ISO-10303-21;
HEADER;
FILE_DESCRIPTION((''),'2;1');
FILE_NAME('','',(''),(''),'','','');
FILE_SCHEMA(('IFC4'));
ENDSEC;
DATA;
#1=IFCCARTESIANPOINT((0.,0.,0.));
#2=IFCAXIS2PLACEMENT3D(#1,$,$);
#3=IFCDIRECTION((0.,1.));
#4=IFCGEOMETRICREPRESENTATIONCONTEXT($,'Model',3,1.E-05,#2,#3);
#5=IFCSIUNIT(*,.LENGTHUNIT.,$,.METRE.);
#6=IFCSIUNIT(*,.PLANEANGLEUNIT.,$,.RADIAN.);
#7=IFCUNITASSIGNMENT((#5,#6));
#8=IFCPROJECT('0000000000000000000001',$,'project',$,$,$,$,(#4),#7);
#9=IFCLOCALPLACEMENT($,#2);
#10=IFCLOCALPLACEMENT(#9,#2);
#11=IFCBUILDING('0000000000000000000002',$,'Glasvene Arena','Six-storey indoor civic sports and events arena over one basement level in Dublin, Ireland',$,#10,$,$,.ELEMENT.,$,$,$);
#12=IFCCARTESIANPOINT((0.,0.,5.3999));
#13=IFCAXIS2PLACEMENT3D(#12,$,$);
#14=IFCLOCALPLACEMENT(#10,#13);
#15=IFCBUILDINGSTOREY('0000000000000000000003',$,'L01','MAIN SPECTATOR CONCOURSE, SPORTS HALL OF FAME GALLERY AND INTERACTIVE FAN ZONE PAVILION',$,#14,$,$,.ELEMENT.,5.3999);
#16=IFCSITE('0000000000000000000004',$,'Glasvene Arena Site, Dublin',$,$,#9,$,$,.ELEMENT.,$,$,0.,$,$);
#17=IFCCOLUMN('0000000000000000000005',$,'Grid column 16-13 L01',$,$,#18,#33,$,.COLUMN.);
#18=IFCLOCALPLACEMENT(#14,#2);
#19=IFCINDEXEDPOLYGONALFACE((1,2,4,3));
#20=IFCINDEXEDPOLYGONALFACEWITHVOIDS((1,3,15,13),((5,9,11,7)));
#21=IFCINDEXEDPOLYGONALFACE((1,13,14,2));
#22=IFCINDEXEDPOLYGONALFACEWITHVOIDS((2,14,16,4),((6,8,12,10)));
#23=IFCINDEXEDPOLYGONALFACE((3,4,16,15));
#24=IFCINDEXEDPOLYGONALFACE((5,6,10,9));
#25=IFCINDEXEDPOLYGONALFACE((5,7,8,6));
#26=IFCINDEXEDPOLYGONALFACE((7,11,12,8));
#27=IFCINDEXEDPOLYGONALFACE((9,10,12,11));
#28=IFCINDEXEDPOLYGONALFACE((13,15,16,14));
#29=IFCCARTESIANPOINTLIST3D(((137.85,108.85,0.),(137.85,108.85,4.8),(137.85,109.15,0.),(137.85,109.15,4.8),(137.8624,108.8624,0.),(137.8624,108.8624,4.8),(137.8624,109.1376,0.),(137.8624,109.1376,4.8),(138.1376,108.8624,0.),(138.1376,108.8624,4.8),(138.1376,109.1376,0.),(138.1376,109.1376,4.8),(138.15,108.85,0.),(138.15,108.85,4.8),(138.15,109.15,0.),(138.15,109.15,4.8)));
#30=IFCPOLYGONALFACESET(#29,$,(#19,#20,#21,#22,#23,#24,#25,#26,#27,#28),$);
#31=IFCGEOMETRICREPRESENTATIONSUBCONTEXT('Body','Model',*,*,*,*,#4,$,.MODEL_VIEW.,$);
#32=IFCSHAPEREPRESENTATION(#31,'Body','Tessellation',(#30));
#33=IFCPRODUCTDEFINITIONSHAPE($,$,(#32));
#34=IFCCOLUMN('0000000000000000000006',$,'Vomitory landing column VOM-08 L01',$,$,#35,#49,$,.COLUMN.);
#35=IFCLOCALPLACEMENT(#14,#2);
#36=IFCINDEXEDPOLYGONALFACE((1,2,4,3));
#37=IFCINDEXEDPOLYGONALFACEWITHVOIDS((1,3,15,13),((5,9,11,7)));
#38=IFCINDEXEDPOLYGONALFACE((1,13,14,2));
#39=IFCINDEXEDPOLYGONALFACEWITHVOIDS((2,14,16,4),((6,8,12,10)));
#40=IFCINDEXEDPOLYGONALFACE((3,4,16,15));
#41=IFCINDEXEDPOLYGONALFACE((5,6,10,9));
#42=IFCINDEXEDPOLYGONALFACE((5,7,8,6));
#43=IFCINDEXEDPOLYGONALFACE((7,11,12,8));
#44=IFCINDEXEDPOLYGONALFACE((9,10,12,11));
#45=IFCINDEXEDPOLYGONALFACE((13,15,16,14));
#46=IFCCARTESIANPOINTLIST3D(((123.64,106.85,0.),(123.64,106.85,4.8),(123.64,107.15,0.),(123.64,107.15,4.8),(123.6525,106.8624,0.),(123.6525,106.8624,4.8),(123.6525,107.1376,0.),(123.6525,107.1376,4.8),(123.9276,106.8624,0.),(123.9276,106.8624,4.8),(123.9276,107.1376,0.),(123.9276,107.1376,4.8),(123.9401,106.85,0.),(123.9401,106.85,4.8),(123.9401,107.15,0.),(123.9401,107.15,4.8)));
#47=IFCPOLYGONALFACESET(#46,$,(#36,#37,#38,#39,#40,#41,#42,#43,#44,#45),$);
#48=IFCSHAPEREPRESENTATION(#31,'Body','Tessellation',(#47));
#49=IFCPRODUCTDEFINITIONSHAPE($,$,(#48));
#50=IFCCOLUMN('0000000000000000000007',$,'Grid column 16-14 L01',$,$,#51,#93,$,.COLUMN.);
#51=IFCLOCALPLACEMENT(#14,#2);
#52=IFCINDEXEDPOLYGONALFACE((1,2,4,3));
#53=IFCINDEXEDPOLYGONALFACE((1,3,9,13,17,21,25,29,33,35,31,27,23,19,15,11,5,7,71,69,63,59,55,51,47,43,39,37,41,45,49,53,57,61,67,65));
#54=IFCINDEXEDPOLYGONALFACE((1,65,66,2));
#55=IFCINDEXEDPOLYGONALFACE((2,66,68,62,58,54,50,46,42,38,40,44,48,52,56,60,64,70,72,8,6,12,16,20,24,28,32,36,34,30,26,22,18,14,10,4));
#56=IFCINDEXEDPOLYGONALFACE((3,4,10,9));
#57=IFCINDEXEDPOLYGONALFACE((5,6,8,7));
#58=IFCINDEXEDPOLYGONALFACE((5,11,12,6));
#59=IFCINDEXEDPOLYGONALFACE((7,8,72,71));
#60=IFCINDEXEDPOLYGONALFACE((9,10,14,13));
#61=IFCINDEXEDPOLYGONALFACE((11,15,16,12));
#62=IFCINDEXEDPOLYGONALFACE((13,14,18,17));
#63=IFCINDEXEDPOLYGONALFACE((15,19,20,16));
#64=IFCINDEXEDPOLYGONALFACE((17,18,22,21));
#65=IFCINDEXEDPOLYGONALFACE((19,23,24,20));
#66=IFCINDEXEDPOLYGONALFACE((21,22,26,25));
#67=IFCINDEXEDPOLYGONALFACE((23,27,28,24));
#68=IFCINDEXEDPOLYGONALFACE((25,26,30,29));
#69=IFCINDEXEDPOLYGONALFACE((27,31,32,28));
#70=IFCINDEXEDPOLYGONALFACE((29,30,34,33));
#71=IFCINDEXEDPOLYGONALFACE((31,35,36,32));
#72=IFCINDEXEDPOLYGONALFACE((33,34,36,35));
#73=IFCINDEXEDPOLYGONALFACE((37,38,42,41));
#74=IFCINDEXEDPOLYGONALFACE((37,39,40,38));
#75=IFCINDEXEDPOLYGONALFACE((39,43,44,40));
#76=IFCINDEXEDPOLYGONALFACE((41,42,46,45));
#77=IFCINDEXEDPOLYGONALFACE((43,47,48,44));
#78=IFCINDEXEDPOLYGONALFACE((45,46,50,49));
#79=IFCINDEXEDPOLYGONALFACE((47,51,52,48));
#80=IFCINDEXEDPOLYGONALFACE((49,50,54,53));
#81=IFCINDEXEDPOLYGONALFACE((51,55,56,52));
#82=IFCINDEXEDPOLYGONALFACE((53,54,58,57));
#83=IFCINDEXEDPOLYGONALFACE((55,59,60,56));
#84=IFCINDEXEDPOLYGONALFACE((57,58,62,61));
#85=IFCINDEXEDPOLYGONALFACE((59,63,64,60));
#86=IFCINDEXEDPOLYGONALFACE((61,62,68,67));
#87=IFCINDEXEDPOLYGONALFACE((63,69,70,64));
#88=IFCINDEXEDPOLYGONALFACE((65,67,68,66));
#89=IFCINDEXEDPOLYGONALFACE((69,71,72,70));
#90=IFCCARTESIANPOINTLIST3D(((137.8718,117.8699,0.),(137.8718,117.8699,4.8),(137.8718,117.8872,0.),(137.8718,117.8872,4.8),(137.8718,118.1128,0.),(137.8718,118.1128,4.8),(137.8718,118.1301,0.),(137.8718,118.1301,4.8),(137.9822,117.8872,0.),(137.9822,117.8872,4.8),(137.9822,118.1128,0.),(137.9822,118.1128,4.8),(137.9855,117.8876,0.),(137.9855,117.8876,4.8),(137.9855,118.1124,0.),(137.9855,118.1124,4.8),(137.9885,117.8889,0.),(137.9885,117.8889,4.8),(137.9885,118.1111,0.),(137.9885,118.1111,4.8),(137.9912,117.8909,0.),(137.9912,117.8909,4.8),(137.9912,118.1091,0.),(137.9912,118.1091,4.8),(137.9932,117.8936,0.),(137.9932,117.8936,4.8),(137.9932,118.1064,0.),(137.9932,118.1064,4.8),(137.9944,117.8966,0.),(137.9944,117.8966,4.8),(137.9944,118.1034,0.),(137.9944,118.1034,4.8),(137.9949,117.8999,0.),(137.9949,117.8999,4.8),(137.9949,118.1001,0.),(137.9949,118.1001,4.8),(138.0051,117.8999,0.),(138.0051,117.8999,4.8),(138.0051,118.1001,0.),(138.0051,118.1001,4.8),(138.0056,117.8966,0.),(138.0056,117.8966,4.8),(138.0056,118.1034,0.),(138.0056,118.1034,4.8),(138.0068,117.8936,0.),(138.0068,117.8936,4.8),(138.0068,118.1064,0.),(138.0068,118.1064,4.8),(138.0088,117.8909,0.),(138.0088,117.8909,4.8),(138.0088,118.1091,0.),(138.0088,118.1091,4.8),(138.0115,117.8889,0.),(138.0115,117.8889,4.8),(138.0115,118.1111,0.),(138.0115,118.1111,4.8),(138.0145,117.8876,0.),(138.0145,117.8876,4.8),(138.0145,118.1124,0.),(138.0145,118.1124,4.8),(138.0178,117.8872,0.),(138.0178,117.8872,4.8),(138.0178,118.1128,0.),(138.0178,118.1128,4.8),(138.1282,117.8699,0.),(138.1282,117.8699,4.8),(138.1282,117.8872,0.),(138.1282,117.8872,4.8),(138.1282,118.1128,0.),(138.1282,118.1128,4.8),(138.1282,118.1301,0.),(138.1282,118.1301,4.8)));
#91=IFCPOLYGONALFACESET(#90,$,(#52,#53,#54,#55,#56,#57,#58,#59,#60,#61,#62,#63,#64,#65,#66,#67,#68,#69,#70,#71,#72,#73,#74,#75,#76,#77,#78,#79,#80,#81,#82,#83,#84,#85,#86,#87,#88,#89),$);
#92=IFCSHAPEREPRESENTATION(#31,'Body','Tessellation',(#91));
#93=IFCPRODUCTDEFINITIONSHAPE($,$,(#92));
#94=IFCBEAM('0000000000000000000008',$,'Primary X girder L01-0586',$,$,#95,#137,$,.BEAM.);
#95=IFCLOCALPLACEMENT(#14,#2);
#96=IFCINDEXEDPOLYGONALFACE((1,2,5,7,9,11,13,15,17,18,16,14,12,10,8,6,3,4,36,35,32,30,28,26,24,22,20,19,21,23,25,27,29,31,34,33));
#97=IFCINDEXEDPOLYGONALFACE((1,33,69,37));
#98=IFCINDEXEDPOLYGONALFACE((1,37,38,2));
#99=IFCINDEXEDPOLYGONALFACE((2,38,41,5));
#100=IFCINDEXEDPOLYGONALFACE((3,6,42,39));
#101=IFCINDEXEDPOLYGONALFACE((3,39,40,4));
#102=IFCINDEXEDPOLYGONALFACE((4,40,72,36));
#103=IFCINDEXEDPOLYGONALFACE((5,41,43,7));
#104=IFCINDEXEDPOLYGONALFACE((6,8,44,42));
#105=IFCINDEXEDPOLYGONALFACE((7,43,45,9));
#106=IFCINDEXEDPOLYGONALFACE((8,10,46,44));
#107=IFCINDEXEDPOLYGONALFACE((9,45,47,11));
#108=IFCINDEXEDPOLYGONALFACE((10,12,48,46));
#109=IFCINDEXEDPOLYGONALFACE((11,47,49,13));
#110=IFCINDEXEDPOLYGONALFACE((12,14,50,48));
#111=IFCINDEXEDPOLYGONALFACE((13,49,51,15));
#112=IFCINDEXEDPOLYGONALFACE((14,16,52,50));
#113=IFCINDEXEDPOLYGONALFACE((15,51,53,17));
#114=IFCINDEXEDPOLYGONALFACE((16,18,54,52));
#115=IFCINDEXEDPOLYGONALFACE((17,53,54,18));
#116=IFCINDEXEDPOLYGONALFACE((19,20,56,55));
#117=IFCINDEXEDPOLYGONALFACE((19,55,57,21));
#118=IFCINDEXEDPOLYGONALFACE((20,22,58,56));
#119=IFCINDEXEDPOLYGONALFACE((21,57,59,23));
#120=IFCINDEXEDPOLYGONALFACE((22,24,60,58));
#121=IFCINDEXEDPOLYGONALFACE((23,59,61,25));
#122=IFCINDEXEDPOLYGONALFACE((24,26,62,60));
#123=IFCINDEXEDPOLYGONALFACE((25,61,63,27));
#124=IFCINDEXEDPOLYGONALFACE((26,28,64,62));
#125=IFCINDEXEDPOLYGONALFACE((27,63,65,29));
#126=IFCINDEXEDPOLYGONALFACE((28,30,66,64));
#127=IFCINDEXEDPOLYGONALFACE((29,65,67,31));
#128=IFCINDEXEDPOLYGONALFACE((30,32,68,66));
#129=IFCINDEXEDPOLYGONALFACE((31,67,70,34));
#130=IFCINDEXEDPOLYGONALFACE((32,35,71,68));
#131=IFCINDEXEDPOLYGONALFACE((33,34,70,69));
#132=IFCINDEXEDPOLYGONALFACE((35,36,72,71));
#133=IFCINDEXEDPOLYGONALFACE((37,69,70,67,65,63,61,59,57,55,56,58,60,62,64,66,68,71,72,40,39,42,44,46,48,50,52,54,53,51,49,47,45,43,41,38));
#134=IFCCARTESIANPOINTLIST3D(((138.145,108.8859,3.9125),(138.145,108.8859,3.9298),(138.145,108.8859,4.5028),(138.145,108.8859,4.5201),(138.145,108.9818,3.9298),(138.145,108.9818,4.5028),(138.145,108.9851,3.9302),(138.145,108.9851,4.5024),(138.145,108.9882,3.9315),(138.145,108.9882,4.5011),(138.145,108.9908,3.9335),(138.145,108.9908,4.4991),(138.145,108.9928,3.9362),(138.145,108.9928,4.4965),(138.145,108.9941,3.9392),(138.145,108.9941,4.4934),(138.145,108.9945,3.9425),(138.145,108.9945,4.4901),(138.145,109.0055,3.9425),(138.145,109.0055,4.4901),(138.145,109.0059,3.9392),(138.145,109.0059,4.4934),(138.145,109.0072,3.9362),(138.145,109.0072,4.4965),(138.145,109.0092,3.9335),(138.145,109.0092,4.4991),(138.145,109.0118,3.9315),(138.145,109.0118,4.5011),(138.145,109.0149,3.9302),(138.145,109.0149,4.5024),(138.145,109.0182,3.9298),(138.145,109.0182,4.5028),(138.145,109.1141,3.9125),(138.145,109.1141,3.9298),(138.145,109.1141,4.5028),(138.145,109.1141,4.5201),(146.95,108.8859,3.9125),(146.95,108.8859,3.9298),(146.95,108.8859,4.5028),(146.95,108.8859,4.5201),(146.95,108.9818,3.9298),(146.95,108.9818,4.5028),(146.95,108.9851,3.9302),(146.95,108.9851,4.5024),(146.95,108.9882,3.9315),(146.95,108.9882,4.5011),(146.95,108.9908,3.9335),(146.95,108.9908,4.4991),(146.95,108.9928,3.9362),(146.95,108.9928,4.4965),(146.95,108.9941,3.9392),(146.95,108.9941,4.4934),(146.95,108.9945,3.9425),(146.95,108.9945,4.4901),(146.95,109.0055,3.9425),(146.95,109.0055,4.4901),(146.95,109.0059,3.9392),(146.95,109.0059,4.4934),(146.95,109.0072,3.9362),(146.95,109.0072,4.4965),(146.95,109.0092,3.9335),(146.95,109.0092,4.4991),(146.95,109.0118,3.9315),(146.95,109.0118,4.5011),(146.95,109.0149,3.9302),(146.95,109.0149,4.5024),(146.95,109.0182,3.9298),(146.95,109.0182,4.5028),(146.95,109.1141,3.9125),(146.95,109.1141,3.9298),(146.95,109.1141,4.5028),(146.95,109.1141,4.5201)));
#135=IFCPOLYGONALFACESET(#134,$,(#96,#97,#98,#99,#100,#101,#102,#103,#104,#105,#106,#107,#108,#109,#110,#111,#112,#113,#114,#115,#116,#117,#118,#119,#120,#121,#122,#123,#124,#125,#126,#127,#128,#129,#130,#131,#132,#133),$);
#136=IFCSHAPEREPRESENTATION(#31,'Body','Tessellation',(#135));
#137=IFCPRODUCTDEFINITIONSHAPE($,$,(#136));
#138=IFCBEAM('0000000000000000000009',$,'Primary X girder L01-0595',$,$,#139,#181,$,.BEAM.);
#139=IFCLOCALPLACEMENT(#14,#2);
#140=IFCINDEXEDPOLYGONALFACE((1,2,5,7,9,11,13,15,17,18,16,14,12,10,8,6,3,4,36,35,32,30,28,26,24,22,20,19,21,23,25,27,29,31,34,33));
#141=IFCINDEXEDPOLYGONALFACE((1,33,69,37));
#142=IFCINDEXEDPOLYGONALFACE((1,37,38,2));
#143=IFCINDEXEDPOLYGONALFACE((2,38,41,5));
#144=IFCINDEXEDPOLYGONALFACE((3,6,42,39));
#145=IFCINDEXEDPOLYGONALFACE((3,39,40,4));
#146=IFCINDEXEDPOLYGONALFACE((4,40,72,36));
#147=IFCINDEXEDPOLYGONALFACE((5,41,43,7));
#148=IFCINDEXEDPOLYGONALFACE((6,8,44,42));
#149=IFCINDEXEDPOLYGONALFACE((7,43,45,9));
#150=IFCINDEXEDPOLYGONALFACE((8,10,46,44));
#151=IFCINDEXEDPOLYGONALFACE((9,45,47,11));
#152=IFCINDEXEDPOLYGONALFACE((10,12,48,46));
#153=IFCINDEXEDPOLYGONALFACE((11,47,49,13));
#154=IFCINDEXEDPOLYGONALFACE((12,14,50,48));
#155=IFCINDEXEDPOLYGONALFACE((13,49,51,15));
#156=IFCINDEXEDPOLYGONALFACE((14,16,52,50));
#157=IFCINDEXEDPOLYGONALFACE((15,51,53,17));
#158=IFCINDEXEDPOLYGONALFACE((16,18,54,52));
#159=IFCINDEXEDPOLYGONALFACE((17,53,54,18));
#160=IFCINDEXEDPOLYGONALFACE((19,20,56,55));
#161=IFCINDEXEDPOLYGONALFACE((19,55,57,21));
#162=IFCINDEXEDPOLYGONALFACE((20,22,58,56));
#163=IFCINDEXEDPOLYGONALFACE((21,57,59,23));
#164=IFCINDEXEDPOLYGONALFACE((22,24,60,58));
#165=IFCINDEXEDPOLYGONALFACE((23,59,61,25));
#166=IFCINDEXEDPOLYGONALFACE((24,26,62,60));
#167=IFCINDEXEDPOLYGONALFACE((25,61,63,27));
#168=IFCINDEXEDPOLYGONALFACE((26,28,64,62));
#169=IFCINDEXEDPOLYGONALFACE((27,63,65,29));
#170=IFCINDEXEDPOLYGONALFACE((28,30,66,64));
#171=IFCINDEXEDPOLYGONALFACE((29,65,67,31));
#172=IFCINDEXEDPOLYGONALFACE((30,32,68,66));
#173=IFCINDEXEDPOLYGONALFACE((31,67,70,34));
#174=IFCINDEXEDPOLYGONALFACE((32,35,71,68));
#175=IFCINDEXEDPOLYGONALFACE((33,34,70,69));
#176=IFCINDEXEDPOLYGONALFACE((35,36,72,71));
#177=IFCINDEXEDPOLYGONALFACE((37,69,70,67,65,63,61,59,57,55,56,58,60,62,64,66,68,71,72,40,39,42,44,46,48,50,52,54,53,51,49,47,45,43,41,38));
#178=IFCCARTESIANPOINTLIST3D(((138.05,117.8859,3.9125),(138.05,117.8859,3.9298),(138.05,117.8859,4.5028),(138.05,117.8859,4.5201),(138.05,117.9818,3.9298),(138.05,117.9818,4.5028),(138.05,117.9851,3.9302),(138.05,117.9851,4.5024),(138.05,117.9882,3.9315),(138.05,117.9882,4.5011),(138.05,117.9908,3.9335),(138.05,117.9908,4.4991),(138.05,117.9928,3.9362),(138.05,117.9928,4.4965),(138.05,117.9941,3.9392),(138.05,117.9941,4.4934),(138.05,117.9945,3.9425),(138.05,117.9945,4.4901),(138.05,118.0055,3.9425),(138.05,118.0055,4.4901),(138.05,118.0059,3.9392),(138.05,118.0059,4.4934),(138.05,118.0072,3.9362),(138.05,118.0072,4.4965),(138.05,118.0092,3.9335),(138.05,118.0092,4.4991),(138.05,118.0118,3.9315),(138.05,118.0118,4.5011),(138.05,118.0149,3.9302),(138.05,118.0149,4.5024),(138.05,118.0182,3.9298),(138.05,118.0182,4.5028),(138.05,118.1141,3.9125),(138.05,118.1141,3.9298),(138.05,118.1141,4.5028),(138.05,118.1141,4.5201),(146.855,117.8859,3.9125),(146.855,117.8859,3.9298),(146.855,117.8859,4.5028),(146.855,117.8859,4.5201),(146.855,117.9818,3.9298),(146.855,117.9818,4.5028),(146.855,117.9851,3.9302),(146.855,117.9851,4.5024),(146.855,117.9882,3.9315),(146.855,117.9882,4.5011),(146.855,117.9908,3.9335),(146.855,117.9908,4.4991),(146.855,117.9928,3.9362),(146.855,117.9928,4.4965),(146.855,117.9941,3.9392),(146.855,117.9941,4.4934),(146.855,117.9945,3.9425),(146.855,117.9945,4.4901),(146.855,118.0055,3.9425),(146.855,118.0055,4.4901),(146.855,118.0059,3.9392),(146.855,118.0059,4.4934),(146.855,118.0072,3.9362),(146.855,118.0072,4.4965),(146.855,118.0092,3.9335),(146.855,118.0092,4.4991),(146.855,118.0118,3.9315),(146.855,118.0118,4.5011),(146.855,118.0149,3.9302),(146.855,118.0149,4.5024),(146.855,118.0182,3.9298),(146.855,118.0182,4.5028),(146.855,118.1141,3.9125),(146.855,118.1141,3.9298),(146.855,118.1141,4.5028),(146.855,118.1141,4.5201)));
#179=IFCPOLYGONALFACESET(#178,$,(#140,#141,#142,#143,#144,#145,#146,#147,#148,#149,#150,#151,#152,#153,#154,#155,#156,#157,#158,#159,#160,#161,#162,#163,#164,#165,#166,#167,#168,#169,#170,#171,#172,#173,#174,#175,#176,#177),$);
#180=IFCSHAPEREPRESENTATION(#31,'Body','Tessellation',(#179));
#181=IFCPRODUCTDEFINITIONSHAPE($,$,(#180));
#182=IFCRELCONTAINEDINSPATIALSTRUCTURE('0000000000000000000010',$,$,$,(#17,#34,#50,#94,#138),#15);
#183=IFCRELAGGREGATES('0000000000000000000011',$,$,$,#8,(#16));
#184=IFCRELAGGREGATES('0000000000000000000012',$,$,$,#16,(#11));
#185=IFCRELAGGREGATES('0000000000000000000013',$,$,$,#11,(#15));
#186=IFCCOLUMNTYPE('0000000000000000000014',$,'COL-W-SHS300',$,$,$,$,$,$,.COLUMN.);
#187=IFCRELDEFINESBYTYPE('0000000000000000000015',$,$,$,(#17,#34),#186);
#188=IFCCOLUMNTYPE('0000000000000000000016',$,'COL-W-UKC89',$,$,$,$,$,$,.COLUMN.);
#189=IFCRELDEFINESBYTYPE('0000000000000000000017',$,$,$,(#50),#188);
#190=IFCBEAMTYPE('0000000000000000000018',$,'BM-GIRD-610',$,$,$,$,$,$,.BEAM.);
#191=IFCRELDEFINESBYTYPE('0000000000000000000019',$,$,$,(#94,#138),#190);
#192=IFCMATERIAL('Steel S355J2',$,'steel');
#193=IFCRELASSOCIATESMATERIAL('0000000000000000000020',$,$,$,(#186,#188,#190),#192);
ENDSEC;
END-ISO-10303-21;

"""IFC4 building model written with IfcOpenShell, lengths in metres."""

from ifc_helpers import new_model, si_unit, direction, frame, origin, origin_2d, place, context, subcontext, project, spatial, hollow_rectangle, i_section, extrude, material, material_profile, profile_set, type_object, element, save


model = new_model("IFC4")

# Units and contexts
model_context = context("Model", 3, precision=1e-05, world=origin(), true_north=direction((0.0, 1.0)))
body_context = subcontext(model_context, "Body", "Model", "MODEL_VIEW")
ifc_project = project(units=[si_unit("LENGTHUNIT", "METRE"), si_unit("PLANEANGLEUNIT", "RADIAN")], contexts=[model_context])

# Site, building, storey
site_placement = place(None, origin())
site = spatial("IfcSite", under=ifc_project, at=site_placement, Name="Glasvene Arena Site, Dublin", CompositionType="ELEMENT", RefElevation=0.0)
building_placement = place(site_placement, origin())
building = spatial("IfcBuilding", under=site, at=building_placement, Name="Glasvene Arena", Description="Six-storey indoor civic sports and events arena over one basement level in Dublin, Ireland", CompositionType="ELEMENT")
storey_placement = place(building_placement, frame((0.0, 0.0, 5.3999)))
storey = spatial("IfcBuildingStorey", under=building, at=storey_placement, Name="L01", Description="MAIN SPECTATOR CONCOURSE, SPORTS HALL OF FAME GALLERY AND INTERACTIVE FAN ZONE PAVILION", CompositionType="ELEMENT", Elevation=5.3999)

# Columns
ifc_material_1 = material(Name="Steel S355J2", Category="steel")
ifc_material_profile_1 = material_profile(ifc_material_1, hollow_rectangle(XDim=0.3, YDim=0.3, WallThickness=0.0125, at=origin_2d()), Name="SHS 300x300x12.5")
ifc_profile_set_1 = profile_set([ifc_material_profile_1], Name="Steel S355J2")
column_type_1 = type_object("IfcColumnType", Name="COL-W-SHS300", PredefinedType="COLUMN", material=ifc_profile_set_1)
for number, where, z_axis, x_axis, name in (
    (1, (138.0, 109.0, 0.0), (0.0, 0.0, 1.0), (1.0, 0.0, 0.0), "Grid column 16-13 L01"),
    (2, (123.79, 107.0, 0.0), (0.0, 0.0, 1.0), (1.0, 0.0, 0.0), "Vomitory landing column VOM-08 L01"),
):
    element("IfcColumn", number, at=place(storey_placement, frame(where, z_axis=z_axis, x_axis=x_axis)), inside=storey, type_object=column_type_1, Name=name, PredefinedType="COLUMN", context=body_context, shape_type="SweptSolid", body=[
        extrude(hollow_rectangle(XDim=0.3, YDim=0.3, WallThickness=0.0125, at=origin_2d()), origin(), (0.0, 0.0, 1.0), 4.8),
    ])
ifc_material_profile_2 = material_profile(ifc_material_1, i_section(OverallWidth=0.2563, OverallDepth=0.2603, WebThickness=0.0103, FlangeThickness=0.0173, FilletRadius=0.0127, at=origin_2d()), Name="UKC 254x254x89")
ifc_profile_set_2 = profile_set([ifc_material_profile_2], Name="Steel S355J2")
column_type_2 = type_object("IfcColumnType", Name="COL-W-UKC89", PredefinedType="COLUMN", material=ifc_profile_set_2)
column_placement = place(storey_placement, frame((138.0, 118.0, 0.0), z_axis=(0.0, 0.0, 1.0), x_axis=(1.0, 0.0, 0.0)))
element("IfcColumn", 3, at=column_placement, inside=storey, type_object=column_type_2, Name="Grid column 16-14 L01", PredefinedType="COLUMN", context=body_context, shape_type="SweptSolid", body=[
    extrude(i_section(OverallWidth=0.2563, OverallDepth=0.2603, WebThickness=0.0103, FlangeThickness=0.0173, FilletRadius=0.0127, at=origin_2d()), origin(), (0.0, 0.0, 1.0), 4.8),
])

# Beams
ifc_material_profile_3 = material_profile(ifc_material_1, i_section(OverallWidth=0.2283, OverallDepth=0.6077, WebThickness=0.011, FlangeThickness=0.0173, FilletRadius=0.0127, at=origin_2d()), Name="UKB 610x229x113")
ifc_profile_set_3 = profile_set([ifc_material_profile_3], Name="Steel S355J2")
beam_type_1 = type_object("IfcBeamType", Name="BM-GIRD-610", PredefinedType="BEAM", material=ifc_profile_set_3)
for number, where, z_axis, x_axis, name in (
    (4, (138.145, 109.0, 4.2163), (1.0, 0.0, 0.0), (0.0, 1.0, 0.0), "Primary X girder L01-0586"),
    (5, (138.05, 118.0, 4.2163), (1.0, 0.0, 0.0), (0.0, 1.0, 0.0), "Primary X girder L01-0595"),
):
    element("IfcBeam", number, at=place(storey_placement, frame(where, z_axis=z_axis, x_axis=x_axis)), inside=storey, type_object=beam_type_1, Name=name, PredefinedType="BEAM", context=body_context, shape_type="SweptSolid", body=[
        extrude(i_section(OverallWidth=0.2283, OverallDepth=0.6077, WebThickness=0.011, FlangeThickness=0.0173, FilletRadius=0.0127, at=origin_2d()), origin(), (0.0, 0.0, 1.0), 8.8049),
    ])

save(model, "model.ifc")
